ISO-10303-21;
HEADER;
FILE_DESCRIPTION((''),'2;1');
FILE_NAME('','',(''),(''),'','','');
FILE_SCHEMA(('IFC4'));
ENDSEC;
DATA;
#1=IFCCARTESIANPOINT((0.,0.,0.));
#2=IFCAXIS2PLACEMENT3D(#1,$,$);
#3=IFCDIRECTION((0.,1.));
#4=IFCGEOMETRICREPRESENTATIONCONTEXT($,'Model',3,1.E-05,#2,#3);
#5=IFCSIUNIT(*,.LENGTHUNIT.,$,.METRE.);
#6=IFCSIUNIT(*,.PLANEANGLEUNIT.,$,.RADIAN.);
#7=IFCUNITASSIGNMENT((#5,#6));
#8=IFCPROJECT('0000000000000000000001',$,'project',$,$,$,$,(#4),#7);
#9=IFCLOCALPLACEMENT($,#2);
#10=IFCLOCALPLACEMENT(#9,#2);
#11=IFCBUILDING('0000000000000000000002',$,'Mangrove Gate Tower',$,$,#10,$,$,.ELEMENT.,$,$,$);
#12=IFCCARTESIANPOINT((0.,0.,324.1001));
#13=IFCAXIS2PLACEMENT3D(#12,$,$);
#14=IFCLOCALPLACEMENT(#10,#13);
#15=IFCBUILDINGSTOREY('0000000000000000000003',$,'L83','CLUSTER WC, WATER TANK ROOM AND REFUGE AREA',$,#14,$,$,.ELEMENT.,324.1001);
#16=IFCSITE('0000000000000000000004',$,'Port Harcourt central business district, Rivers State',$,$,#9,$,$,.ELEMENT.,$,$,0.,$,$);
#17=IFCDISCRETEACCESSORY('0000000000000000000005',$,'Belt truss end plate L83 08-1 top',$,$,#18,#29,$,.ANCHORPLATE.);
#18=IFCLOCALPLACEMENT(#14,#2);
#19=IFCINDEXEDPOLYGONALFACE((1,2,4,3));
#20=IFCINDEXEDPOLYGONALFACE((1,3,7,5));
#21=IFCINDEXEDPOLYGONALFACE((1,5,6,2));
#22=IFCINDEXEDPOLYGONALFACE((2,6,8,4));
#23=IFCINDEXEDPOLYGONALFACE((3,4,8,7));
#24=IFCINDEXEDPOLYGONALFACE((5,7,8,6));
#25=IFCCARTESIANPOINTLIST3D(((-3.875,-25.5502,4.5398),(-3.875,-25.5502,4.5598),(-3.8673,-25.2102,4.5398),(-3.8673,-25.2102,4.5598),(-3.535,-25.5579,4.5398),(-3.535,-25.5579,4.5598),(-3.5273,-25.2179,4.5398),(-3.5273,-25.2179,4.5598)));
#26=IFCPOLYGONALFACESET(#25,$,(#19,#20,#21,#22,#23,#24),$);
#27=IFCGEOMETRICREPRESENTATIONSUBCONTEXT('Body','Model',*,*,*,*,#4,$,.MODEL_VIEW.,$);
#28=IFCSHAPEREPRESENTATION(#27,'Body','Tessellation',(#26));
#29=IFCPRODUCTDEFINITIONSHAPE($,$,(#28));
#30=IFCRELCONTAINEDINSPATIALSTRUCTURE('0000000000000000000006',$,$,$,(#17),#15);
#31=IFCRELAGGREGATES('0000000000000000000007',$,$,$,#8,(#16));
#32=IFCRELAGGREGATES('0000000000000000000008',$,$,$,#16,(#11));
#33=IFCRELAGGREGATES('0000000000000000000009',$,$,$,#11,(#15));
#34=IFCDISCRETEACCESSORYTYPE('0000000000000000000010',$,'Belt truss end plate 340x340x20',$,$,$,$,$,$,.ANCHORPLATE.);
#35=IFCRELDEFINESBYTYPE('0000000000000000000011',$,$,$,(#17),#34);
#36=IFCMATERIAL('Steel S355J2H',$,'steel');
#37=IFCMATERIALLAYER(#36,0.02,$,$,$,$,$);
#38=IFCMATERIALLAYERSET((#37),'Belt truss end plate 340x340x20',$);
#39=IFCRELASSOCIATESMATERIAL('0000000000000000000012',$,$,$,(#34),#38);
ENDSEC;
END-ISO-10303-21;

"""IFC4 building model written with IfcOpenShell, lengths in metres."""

from ifc_helpers import new_model, si_unit, direction, frame, origin, origin_2d, place, context, subcontext, project, spatial, rectangle, extrude, material, layer, layer_set, type_object, element, save


model = new_model("IFC4")

# Units and contexts
model_context = context("Model", 3, precision=1e-05, world=origin(), true_north=direction((0.0, 1.0)))
body_context = subcontext(model_context, "Body", "Model", "MODEL_VIEW")
ifc_project = project(units=[si_unit("LENGTHUNIT", "METRE"), si_unit("PLANEANGLEUNIT", "RADIAN")], contexts=[model_context])

# Site, building, storey
site_placement = place(None, origin())
site = spatial("IfcSite", under=ifc_project, at=site_placement, Name="Port Harcourt central business district, Rivers State", CompositionType="ELEMENT", RefElevation=0.0)
building_placement = place(site_placement, origin())
building = spatial("IfcBuilding", under=site, at=building_placement, Name="Mangrove Gate Tower", CompositionType="ELEMENT")
storey_placement = place(building_placement, frame((0.0, 0.0, 324.1001)))
storey = spatial("IfcBuildingStorey", under=building, at=storey_placement, Name="L83", Description="CLUSTER WC, WATER TANK ROOM AND REFUGE AREA", CompositionType="ELEMENT", Elevation=324.1001)

# Discrete accessory
ifc_material_1 = material(Name="Steel S355J2H", Category="steel")
ifc_layer_1 = layer(ifc_material_1, 0.02)
ifc_layer_set_1 = layer_set([ifc_layer_1], Name="Belt truss end plate 340x340x20")
discrete_accessory_type = type_object("IfcDiscreteAccessoryType", Name="Belt truss end plate 340x340x20", PredefinedType="ANCHORPLATE", material=ifc_layer_set_1)
for number, where, z_axis, x_axis, name in (
    (1, (-3.7012, -25.384, 4.5398), (0.0, 0.0, 1.0), (0.999743, -0.022654, 0.0), "Belt truss end plate L83 08-1 top"),
):
    element("IfcDiscreteAccessory", number, at=place(storey_placement, frame(where, z_axis=z_axis, x_axis=x_axis)), inside=storey, type_object=discrete_accessory_type, Name=name, PredefinedType="ANCHORPLATE", context=body_context, shape_type="SweptSolid", body=[
        extrude(rectangle(XDim=0.3401, YDim=0.3401, at=origin_2d()), origin(), (0.0, 0.0, 1.0), 0.02),
    ])

save(model, "model.ifc")
